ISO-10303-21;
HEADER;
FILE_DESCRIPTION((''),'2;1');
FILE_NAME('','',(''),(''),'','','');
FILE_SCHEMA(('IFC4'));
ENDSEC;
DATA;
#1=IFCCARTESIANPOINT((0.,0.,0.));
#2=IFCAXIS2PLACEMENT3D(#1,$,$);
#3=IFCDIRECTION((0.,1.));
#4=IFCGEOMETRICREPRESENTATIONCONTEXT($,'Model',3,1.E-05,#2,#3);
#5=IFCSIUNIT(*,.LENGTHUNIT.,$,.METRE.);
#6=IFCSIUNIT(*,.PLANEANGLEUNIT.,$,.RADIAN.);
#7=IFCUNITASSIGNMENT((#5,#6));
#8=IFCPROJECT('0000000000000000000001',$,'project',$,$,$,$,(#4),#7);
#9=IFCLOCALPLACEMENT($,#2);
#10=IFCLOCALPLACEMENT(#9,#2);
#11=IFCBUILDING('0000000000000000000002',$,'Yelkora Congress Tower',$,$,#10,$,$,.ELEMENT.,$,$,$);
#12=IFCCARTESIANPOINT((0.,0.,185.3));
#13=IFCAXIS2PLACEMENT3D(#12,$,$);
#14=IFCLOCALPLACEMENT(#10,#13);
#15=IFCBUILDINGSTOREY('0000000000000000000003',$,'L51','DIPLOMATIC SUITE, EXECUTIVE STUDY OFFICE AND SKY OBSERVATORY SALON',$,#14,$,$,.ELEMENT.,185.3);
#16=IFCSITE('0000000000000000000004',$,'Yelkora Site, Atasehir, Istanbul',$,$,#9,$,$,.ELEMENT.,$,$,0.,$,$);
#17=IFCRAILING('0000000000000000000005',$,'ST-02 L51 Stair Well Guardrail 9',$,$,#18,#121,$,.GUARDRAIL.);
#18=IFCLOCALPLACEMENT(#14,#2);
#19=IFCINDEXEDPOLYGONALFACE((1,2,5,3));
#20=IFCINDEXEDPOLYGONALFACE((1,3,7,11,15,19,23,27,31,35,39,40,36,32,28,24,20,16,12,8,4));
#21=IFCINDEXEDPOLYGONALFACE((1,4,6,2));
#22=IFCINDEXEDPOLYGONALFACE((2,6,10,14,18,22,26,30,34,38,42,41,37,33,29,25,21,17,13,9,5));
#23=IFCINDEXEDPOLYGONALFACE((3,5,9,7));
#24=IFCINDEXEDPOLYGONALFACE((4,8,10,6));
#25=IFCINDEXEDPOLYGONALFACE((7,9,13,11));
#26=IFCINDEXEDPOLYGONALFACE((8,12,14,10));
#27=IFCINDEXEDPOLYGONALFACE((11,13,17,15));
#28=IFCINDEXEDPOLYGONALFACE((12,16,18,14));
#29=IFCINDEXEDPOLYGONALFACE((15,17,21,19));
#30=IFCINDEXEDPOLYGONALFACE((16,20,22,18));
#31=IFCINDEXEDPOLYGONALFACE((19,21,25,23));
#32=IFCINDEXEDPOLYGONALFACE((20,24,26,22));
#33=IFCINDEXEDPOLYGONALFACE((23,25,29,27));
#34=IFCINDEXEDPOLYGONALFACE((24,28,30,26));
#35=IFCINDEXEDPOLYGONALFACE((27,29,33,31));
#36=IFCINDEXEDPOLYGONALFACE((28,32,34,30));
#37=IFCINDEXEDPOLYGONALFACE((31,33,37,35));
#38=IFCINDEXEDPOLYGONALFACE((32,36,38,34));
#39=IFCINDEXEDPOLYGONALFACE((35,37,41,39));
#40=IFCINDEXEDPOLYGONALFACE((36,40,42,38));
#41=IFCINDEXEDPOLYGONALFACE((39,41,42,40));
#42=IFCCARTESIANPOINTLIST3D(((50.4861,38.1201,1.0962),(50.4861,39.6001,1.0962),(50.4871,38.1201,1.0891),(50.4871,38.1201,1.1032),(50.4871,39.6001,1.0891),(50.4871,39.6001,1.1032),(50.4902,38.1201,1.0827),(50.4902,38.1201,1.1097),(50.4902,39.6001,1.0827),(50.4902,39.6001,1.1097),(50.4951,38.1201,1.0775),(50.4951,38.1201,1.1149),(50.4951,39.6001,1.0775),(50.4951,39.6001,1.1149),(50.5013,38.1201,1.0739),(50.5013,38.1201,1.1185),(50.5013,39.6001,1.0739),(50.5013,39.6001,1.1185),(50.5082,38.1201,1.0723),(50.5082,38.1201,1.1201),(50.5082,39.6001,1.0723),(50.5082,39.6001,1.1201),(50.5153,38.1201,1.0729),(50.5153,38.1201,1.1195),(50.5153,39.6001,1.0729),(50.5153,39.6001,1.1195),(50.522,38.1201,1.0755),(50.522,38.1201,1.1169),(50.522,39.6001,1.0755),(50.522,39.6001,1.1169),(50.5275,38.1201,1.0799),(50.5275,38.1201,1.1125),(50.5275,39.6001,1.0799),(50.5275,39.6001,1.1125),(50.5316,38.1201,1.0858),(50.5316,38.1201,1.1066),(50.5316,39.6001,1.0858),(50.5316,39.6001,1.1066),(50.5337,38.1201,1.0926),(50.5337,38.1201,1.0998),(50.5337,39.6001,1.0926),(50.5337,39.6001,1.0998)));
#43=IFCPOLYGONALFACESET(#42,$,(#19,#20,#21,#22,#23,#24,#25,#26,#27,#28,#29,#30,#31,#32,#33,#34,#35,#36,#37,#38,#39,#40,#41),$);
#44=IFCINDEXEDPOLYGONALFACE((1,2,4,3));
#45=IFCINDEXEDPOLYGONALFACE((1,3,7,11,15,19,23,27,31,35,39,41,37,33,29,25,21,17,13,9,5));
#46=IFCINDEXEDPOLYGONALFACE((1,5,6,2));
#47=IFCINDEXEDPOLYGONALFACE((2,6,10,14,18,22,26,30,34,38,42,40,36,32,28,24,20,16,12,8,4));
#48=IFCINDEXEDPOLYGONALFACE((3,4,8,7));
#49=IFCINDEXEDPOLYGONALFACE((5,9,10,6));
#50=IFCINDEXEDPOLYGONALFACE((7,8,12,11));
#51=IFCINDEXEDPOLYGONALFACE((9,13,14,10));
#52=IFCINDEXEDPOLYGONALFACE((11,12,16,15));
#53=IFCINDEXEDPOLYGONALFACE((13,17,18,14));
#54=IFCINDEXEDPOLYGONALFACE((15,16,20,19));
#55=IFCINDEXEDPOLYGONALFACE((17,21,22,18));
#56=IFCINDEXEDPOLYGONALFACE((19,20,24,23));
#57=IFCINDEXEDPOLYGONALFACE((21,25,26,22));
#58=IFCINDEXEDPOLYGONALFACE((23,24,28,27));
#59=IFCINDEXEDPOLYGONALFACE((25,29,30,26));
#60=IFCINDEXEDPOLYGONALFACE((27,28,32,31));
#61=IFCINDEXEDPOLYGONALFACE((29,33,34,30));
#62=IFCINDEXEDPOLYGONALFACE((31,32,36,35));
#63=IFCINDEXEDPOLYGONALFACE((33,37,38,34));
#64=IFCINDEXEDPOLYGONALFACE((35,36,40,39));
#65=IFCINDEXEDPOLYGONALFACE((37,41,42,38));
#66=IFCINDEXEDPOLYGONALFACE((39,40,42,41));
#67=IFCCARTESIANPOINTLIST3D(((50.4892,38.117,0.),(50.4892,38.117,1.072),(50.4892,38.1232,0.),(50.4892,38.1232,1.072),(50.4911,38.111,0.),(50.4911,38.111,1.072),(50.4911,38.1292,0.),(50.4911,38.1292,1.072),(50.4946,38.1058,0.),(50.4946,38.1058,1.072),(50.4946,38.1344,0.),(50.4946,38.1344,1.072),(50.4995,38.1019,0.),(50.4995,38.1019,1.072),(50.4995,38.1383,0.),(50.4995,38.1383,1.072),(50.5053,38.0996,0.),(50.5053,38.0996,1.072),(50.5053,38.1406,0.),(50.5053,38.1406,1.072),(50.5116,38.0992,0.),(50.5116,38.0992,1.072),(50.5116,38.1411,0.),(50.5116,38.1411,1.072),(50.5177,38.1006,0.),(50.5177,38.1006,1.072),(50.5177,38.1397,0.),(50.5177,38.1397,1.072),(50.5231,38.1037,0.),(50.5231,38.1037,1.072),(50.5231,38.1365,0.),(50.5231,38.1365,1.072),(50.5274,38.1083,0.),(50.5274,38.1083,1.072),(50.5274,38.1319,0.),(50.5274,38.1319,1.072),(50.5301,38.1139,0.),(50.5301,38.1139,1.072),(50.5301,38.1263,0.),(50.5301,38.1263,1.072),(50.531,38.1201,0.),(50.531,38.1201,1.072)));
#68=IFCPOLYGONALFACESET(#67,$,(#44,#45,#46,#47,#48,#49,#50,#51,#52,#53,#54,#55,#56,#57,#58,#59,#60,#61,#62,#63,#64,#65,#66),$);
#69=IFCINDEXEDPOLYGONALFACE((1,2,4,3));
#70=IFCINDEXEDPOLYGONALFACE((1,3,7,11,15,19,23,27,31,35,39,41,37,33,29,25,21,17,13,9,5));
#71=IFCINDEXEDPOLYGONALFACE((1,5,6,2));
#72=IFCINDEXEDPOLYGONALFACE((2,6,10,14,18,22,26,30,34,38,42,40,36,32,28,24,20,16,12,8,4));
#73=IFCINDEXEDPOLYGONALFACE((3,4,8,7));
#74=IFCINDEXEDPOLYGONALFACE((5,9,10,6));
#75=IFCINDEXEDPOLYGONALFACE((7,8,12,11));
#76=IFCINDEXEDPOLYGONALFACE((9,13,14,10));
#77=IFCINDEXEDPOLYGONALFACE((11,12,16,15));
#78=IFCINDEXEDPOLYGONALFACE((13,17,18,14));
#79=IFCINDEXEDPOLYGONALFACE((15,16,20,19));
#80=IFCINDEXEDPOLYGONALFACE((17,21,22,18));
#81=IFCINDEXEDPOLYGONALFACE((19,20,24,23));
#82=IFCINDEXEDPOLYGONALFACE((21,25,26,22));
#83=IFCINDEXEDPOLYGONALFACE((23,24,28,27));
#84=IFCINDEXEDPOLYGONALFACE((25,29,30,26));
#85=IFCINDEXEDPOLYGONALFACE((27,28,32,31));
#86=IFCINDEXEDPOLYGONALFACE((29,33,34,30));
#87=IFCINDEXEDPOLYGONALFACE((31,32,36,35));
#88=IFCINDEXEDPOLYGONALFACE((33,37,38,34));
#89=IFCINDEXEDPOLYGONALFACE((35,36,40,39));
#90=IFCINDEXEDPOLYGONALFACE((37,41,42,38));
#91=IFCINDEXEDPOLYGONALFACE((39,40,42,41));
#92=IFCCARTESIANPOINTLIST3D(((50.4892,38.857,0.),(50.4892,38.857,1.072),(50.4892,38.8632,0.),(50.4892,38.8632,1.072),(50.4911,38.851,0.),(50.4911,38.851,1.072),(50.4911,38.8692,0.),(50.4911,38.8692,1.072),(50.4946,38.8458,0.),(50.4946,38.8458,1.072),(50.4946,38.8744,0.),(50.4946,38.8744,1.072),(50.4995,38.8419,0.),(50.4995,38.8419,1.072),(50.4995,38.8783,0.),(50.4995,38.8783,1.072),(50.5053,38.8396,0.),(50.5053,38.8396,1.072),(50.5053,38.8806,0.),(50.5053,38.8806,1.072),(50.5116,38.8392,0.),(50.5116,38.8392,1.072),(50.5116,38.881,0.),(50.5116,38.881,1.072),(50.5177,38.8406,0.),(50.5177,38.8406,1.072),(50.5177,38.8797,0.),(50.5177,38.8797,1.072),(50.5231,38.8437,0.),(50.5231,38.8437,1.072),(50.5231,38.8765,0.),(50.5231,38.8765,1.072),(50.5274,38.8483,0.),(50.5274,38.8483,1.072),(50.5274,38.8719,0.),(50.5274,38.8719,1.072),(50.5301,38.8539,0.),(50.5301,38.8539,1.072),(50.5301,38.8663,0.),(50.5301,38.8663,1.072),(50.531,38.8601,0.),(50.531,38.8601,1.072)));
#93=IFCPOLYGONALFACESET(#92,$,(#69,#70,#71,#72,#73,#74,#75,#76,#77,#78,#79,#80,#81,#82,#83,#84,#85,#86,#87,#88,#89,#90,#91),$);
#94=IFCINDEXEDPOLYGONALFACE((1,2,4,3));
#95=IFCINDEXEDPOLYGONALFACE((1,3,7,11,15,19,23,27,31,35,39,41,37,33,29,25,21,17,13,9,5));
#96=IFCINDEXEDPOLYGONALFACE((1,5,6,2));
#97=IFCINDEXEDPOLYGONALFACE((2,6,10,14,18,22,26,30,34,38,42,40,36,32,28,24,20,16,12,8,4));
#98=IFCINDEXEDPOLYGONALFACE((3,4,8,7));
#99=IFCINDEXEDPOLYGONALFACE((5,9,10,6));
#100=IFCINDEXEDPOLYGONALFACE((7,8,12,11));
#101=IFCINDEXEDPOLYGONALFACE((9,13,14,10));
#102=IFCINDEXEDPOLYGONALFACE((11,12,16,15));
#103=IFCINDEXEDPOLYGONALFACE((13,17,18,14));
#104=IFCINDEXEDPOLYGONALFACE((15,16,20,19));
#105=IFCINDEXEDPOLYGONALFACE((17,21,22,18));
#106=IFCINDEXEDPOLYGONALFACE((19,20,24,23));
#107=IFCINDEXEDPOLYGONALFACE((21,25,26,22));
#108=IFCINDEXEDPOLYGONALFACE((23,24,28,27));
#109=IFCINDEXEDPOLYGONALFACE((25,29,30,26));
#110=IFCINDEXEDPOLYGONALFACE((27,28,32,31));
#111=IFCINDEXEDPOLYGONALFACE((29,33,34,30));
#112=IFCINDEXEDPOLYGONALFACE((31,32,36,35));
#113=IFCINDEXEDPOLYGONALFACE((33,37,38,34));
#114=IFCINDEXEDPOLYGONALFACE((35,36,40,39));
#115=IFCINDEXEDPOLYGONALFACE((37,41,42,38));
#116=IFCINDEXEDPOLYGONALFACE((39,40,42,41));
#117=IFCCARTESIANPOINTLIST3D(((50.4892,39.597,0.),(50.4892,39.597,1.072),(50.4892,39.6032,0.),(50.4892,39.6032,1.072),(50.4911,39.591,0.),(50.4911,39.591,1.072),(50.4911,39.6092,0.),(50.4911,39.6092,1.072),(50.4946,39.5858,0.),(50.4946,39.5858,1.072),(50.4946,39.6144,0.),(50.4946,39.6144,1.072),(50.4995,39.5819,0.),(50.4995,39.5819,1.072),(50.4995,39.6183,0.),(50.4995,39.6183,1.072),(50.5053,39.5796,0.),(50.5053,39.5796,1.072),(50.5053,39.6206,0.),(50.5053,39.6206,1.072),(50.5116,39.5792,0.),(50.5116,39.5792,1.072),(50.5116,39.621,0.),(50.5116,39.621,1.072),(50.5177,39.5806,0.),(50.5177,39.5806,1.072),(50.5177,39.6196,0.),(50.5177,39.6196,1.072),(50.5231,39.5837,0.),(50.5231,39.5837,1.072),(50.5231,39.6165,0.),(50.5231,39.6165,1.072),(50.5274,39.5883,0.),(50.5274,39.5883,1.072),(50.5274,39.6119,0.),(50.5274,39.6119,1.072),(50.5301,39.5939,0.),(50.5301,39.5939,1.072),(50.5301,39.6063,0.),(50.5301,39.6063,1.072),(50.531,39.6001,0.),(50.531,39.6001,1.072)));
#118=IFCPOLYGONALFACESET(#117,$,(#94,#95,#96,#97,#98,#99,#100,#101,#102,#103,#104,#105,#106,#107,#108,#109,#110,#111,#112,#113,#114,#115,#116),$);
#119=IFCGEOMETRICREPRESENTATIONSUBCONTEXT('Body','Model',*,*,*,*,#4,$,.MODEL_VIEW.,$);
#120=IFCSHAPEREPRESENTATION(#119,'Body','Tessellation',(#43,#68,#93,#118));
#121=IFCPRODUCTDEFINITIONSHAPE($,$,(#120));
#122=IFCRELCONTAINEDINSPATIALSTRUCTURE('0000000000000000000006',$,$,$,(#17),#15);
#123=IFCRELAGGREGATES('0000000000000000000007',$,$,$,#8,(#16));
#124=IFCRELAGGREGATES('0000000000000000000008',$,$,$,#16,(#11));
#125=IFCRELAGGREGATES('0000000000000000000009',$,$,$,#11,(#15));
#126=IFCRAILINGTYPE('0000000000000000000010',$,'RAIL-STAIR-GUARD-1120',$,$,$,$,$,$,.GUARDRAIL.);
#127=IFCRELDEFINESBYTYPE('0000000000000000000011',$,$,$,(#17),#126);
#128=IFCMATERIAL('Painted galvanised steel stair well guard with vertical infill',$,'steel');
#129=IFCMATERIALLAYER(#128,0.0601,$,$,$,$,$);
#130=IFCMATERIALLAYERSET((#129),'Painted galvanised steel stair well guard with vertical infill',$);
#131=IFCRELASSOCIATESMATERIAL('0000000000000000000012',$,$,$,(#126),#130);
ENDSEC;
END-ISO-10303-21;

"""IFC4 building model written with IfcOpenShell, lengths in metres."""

from ifc_helpers import new_model, si_unit, direction, frame, origin, origin_2d, place, context, subcontext, project, spatial, circle, extrude, material, layer, layer_set, type_object, element, save


model = new_model("IFC4")

# Units and contexts
model_context = context("Model", 3, precision=1e-05, world=origin(), true_north=direction((0.0, 1.0)))
body_context = subcontext(model_context, "Body", "Model", "MODEL_VIEW")
ifc_project = project(units=[si_unit("LENGTHUNIT", "METRE"), si_unit("PLANEANGLEUNIT", "RADIAN")], contexts=[model_context])

# Site, building, storey
site_placement = place(None, origin())
site = spatial("IfcSite", under=ifc_project, at=site_placement, Name="Yelkora Site, Atasehir, Istanbul", CompositionType="ELEMENT", RefElevation=0.0)
building_placement = place(site_placement, origin())
building = spatial("IfcBuilding", under=site, at=building_placement, Name="Yelkora Congress Tower", CompositionType="ELEMENT")
storey_placement = place(building_placement, frame((0.0, 0.0, 185.3)))
storey = spatial("IfcBuildingStorey", under=building, at=storey_placement, Name="L51", Description="DIPLOMATIC SUITE, EXECUTIVE STUDY OFFICE AND SKY OBSERVATORY SALON", CompositionType="ELEMENT", Elevation=185.3)

# Railing
ifc_material_1 = material(Name="Painted galvanised steel stair well guard with vertical infill", Category="steel")
ifc_layer_1 = layer(ifc_material_1, 0.0601)
ifc_layer_set_1 = layer_set([ifc_layer_1], Name="Painted galvanised steel stair well guard with vertical infill")
railing_type_1 = type_object("IfcRailingType", Name="RAIL-STAIR-GUARD-1120", PredefinedType="GUARDRAIL", material=ifc_layer_set_1)
railing_1_placement = place(storey_placement, frame((50.51, 38.1201, 0.0)))
element("IfcRailing", 1, at=railing_1_placement, inside=storey, type_object=railing_type_1, Name="ST-02 L51 Stair Well Guardrail 9", PredefinedType="GUARDRAIL", context=body_context, shape_type="SweptSolid", body=[
    extrude(circle(Radius=0.0239, at=origin_2d()), frame((0.0, 0.0, 1.0962), z_axis=(0.0, 1.0, 0.0), x_axis=(-1.0, 0.0, 0.0)), (0.0, 0.0, 1.0), 1.48),
    extrude(circle(Radius=0.021, at=origin_2d()), origin(), (0.0, 0.0, 1.0), 1.072),
    extrude(circle(Radius=0.021, at=origin_2d()), frame((0.0, 0.74, 0.0)), (0.0, 0.0, 1.0), 1.072),
    extrude(circle(Radius=0.021, at=origin_2d()), frame((0.0, 1.48, 0.0)), (0.0, 0.0, 1.0), 1.072),
])

save(model, "model.ifc")
